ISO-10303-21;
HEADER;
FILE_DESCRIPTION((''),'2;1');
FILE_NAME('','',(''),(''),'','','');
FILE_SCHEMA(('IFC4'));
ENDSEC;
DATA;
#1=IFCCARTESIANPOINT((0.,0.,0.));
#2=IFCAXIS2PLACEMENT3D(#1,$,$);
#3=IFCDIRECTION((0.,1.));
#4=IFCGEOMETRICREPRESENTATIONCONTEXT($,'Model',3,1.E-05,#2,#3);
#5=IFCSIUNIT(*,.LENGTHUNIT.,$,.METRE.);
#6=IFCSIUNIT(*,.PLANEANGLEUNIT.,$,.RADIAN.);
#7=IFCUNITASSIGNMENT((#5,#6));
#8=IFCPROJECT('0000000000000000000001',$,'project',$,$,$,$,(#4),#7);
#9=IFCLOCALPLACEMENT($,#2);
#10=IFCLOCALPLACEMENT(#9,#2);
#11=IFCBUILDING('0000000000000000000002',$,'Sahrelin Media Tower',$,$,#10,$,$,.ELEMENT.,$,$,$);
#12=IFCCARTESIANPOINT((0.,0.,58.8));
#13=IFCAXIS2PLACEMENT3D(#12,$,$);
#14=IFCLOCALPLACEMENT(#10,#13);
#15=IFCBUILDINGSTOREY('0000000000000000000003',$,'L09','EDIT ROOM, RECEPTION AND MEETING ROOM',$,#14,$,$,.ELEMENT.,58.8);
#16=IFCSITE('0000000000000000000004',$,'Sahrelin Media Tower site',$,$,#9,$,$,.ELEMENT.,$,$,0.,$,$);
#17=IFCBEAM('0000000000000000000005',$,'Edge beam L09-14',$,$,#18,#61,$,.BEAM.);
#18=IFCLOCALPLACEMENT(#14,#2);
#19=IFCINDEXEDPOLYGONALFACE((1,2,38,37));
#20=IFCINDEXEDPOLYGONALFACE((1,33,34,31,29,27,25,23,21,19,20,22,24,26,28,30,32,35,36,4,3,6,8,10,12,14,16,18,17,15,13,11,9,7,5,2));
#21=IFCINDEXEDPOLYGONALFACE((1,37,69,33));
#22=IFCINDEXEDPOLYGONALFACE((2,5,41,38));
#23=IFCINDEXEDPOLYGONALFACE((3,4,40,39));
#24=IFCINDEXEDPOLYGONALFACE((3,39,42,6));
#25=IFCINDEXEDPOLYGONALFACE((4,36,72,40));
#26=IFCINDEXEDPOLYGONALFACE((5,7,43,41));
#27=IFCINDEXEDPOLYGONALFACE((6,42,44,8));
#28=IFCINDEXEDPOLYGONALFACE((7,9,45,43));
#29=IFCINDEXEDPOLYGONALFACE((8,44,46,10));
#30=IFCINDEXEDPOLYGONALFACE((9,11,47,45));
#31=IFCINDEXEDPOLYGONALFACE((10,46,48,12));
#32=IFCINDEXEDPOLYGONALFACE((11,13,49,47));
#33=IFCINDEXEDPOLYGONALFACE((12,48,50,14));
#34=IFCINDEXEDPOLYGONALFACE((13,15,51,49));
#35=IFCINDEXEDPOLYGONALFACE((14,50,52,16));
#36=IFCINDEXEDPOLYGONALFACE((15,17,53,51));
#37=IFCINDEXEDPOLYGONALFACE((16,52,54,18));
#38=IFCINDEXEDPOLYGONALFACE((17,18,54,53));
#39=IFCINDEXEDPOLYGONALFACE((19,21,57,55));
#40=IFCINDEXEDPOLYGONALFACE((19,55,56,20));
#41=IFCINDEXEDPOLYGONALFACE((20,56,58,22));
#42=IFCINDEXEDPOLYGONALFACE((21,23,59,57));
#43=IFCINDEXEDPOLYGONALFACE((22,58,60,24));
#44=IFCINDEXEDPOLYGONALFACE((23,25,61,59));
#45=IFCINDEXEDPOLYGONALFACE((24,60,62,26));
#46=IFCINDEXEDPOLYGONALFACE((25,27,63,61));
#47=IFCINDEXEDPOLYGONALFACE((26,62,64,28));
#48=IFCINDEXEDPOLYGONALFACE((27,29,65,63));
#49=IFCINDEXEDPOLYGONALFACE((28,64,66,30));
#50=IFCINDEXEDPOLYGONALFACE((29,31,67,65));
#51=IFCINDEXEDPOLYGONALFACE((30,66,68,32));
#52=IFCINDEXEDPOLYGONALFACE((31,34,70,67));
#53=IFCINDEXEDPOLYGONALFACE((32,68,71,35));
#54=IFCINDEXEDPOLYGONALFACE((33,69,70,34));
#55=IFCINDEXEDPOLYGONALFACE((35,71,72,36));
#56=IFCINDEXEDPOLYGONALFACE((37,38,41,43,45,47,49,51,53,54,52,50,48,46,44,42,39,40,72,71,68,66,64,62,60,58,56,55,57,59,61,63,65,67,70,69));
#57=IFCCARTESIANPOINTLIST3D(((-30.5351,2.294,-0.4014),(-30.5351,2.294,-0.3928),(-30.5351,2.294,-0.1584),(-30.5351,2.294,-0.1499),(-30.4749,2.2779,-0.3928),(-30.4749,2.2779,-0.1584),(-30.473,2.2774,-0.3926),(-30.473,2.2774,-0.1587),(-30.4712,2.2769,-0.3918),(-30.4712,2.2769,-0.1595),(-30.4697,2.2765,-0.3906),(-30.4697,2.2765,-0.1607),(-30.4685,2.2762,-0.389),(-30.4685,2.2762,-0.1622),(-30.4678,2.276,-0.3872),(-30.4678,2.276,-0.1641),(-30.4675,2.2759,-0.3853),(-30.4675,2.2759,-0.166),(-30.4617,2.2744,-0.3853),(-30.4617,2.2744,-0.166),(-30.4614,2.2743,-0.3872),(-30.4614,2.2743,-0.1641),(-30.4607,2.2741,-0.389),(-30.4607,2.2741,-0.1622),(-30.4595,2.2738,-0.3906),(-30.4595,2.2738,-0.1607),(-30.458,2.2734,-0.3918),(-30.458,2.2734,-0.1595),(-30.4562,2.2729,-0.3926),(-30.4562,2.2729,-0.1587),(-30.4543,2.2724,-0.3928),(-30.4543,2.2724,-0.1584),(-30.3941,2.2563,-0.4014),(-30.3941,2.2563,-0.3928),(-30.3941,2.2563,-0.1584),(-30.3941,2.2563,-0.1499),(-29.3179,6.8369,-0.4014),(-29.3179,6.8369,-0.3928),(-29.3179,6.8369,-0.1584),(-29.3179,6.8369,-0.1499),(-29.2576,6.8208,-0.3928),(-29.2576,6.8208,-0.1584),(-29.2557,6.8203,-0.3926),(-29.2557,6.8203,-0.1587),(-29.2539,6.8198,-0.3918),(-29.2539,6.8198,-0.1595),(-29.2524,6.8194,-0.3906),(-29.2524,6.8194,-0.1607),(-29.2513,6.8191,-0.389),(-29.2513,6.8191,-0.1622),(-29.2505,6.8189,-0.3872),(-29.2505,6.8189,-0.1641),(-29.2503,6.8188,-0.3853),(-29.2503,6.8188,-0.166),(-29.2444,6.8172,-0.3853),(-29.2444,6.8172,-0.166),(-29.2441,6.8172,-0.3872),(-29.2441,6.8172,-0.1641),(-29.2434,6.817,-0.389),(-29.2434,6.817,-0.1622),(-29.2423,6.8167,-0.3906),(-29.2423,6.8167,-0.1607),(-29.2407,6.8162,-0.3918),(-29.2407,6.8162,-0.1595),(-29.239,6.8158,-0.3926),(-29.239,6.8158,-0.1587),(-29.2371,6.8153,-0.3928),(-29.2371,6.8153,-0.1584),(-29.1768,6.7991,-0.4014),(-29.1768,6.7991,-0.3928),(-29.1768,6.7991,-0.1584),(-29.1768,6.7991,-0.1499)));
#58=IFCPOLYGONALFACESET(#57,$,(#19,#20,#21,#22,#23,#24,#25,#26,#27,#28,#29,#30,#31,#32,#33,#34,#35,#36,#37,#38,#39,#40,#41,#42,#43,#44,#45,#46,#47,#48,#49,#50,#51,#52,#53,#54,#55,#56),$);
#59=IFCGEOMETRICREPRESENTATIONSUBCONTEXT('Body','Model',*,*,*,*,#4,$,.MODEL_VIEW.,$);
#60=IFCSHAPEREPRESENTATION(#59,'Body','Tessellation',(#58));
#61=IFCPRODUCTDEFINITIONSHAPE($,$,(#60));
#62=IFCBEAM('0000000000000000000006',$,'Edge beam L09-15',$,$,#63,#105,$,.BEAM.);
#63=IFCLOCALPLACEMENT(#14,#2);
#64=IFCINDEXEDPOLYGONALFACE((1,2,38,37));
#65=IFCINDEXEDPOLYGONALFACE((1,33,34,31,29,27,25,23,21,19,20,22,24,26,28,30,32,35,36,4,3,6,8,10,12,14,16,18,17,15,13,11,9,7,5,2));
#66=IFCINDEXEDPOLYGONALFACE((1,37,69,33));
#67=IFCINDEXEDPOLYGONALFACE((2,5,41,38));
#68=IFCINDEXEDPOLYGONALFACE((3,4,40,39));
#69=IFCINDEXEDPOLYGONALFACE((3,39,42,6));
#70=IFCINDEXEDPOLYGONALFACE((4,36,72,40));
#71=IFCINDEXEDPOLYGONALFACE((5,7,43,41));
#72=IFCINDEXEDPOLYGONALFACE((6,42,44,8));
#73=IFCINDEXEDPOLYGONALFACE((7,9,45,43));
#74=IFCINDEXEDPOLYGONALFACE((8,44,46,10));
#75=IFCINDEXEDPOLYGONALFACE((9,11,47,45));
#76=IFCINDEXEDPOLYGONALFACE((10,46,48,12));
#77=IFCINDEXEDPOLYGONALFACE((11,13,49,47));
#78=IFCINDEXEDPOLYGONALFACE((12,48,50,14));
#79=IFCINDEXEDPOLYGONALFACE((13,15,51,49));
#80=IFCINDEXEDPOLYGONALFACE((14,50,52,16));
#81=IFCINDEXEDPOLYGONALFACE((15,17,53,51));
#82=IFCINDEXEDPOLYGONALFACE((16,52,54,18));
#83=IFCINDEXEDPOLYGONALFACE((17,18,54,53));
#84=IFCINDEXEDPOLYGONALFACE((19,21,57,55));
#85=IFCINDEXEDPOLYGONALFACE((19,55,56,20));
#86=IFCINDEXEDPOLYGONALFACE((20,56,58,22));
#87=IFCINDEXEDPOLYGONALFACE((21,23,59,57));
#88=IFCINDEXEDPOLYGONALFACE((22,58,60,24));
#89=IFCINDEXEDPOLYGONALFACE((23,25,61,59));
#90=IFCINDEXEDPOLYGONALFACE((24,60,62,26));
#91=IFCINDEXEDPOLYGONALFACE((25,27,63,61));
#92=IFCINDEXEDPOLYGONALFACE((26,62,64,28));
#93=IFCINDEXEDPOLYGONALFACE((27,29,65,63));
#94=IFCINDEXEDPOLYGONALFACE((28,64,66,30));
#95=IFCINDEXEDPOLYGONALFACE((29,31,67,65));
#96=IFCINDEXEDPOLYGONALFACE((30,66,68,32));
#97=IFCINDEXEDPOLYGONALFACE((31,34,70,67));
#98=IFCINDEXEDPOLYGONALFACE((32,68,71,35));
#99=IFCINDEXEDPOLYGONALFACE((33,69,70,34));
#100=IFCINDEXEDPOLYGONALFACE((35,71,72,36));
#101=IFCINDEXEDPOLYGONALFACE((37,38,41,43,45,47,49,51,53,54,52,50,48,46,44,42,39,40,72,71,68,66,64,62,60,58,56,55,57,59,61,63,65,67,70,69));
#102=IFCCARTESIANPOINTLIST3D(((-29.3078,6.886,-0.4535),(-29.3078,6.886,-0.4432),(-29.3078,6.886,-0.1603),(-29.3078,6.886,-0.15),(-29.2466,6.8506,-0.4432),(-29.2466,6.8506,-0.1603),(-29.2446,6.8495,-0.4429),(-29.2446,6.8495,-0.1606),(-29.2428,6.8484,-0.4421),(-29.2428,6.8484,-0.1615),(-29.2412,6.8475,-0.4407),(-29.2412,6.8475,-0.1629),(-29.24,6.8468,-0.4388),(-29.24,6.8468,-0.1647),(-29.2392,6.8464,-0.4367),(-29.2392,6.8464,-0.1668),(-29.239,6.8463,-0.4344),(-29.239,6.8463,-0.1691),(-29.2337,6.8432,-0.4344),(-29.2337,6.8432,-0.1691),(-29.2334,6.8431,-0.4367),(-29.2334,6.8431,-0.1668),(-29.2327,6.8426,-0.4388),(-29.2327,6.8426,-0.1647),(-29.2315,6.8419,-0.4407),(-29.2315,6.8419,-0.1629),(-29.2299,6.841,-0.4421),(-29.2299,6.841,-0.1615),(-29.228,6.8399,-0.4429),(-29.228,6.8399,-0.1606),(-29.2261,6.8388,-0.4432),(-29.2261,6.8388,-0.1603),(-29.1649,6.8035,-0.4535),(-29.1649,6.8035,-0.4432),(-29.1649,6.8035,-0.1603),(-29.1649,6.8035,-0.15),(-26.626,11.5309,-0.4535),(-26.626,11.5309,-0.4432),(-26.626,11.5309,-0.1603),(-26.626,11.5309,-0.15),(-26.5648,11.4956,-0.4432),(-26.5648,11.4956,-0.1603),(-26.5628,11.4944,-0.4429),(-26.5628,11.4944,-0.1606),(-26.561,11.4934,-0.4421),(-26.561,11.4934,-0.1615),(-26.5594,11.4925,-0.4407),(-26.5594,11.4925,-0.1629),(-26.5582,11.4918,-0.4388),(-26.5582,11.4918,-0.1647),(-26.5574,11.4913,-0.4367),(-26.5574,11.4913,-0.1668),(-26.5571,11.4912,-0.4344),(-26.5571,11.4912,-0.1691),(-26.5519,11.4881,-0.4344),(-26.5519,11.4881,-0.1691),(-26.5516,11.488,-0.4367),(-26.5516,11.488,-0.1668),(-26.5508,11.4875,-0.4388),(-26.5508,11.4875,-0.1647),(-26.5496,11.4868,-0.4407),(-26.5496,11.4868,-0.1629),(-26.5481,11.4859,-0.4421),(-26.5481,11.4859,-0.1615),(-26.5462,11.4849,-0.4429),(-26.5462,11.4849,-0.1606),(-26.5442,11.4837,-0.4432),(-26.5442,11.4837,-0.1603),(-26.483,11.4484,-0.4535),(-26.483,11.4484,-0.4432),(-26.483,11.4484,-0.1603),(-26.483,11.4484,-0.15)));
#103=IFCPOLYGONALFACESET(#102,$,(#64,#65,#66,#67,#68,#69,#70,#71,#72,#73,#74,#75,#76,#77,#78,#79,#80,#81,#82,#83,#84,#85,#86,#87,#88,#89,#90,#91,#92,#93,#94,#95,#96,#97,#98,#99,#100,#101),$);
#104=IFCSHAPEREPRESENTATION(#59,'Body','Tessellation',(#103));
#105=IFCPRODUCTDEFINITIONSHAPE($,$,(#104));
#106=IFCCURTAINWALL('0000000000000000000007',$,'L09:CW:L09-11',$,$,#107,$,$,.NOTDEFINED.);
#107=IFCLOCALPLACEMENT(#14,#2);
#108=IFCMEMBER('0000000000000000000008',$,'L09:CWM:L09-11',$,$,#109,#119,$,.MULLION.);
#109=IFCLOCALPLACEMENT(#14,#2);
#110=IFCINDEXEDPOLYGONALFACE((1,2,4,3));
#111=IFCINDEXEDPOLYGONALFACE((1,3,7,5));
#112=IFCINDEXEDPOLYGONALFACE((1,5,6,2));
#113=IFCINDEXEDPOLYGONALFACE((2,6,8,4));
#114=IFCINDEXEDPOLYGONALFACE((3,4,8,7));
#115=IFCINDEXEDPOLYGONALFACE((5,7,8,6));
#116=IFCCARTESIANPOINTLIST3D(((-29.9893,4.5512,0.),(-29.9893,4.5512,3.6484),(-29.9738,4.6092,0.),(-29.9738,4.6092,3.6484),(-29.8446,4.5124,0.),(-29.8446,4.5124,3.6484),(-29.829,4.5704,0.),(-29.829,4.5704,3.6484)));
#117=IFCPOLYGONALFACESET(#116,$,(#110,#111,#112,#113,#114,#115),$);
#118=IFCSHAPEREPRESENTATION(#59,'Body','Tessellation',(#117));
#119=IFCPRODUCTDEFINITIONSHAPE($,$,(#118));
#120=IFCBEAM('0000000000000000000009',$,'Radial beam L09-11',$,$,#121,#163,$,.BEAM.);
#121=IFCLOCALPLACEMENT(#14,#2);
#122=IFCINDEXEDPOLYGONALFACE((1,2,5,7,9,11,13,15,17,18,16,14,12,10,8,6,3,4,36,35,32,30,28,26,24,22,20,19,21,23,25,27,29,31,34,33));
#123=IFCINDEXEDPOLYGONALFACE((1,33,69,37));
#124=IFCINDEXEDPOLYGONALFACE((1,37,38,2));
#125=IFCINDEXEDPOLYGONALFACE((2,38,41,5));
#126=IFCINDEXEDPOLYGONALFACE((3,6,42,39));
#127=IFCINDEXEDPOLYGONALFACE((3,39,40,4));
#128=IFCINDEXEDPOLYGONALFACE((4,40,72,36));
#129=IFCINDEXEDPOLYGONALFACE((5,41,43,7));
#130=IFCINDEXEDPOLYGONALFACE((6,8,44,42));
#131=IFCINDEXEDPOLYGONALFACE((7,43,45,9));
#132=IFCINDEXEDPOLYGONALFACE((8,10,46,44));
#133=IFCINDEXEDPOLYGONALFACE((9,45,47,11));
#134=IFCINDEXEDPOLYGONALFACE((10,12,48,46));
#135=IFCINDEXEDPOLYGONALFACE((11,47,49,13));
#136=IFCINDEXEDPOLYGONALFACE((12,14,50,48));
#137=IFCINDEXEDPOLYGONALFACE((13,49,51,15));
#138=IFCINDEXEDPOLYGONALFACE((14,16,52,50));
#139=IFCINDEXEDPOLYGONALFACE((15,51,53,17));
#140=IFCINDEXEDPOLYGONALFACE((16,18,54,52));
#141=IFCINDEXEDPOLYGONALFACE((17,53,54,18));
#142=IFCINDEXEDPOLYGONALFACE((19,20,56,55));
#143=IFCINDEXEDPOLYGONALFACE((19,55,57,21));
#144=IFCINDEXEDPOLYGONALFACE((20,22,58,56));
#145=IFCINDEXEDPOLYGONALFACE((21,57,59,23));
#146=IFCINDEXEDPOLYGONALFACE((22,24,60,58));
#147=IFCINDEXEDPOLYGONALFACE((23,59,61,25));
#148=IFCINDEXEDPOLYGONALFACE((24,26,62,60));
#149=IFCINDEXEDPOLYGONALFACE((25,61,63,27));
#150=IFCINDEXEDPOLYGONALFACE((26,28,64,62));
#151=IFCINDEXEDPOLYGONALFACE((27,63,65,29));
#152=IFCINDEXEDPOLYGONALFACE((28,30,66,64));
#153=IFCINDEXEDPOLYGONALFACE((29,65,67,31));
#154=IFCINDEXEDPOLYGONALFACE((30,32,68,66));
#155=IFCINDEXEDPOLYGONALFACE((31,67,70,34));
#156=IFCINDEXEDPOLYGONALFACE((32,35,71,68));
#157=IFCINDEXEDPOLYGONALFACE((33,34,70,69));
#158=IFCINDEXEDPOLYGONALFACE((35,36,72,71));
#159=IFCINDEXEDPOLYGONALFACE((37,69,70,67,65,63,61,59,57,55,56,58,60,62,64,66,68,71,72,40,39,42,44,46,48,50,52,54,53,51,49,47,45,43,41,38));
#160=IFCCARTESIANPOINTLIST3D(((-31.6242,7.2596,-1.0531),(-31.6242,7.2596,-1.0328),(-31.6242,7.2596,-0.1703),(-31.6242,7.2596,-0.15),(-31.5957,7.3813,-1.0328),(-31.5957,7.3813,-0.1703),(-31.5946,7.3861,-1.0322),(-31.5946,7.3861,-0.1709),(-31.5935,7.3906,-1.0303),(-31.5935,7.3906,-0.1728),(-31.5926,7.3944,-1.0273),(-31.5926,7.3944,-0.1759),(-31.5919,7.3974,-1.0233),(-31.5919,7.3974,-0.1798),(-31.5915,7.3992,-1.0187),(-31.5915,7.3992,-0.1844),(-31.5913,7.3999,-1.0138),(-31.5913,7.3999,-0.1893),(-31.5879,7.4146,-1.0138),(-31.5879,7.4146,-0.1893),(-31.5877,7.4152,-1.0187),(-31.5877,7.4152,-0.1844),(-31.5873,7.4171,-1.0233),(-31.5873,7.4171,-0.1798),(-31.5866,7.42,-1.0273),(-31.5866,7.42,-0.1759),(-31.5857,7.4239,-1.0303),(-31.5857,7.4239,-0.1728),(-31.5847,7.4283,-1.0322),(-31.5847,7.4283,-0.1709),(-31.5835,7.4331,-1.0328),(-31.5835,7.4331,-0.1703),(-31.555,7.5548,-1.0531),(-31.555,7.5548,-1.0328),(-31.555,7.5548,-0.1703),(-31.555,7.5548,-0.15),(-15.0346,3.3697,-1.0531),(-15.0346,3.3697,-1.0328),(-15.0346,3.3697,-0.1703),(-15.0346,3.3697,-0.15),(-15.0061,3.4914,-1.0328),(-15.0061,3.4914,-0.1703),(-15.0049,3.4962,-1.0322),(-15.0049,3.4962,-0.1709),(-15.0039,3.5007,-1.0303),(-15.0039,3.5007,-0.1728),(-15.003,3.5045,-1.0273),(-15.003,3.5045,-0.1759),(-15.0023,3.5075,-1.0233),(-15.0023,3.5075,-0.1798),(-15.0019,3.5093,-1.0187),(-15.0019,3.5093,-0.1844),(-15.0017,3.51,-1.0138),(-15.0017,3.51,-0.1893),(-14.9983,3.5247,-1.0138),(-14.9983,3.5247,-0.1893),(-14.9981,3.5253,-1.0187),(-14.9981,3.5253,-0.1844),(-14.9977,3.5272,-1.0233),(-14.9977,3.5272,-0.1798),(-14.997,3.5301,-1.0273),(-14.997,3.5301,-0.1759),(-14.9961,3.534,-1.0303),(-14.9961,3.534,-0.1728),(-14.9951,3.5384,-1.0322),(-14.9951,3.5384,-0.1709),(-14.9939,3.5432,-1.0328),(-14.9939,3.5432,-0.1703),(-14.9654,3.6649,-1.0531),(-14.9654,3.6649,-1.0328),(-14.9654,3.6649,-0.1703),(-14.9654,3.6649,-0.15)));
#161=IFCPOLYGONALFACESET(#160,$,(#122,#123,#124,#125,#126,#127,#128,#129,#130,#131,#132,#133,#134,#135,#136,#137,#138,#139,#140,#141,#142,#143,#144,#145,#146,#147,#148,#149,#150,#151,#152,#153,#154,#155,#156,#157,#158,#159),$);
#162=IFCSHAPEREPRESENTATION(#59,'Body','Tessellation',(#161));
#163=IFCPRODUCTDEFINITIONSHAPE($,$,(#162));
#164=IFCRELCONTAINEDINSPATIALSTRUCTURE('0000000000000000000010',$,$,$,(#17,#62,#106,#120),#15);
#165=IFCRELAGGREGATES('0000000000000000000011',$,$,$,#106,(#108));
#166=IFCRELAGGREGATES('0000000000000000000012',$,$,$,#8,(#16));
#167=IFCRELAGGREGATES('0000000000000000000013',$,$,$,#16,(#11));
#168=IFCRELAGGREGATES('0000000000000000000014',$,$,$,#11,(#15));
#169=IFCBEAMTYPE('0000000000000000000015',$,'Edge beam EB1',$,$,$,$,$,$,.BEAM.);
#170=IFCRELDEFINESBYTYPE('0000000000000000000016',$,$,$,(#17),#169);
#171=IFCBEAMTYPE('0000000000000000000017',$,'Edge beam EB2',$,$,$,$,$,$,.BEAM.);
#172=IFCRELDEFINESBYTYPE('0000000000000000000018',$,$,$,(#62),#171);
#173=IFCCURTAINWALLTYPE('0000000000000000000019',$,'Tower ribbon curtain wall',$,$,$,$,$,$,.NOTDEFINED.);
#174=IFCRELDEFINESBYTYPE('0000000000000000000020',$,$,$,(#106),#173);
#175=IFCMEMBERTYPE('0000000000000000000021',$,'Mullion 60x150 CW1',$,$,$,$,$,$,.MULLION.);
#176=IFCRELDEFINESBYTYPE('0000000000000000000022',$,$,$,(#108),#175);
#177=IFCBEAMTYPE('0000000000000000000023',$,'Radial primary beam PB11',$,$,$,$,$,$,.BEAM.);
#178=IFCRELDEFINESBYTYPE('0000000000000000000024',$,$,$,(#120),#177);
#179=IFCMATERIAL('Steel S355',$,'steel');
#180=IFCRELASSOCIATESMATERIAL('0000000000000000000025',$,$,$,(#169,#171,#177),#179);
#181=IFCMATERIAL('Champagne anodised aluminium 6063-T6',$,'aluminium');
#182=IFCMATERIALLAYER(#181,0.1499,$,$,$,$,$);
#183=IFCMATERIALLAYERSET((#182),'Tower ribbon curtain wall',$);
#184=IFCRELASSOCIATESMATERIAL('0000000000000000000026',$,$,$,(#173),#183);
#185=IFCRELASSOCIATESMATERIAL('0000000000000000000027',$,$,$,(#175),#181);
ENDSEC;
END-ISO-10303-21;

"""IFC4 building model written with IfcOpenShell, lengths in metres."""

from ifc_helpers import new_model, si_unit, direction, frame, origin, origin_2d, place, context, subcontext, project, spatial, rectangle, i_section, extrude, material, layer, layer_set, material_profile, profile_set, type_object, element, aggregate, save


model = new_model("IFC4")

# Units and contexts
model_context = context("Model", 3, precision=1e-05, world=origin(), true_north=direction((0.0, 1.0)))
body_context = subcontext(model_context, "Body", "Model", "MODEL_VIEW")
ifc_project = project(units=[si_unit("LENGTHUNIT", "METRE"), si_unit("PLANEANGLEUNIT", "RADIAN")], contexts=[model_context])

# Site, building, storey
site_placement = place(None, origin())
site = spatial("IfcSite", under=ifc_project, at=site_placement, Name="Sahrelin Media Tower site", CompositionType="ELEMENT", RefElevation=0.0)
building_placement = place(site_placement, origin())
building = spatial("IfcBuilding", under=site, at=building_placement, Name="Sahrelin Media Tower", CompositionType="ELEMENT")
storey_placement = place(building_placement, frame((0.0, 0.0, 58.8)))
storey = spatial("IfcBuildingStorey", under=building, at=storey_placement, Name="L09", Description="EDIT ROOM, RECEPTION AND MEETING ROOM", CompositionType="ELEMENT", Elevation=58.8)

# Beams
ifc_material_1 = material(Name="Steel S355", Category="steel")
ifc_material_profile_1 = material_profile(ifc_material_1, i_section(OverallWidth=0.146, OverallDepth=0.2515, WebThickness=0.0061, FlangeThickness=0.0085, FilletRadius=0.0076, at=origin_2d()), Name="UB 254x146x31")
ifc_profile_set_1 = profile_set([ifc_material_profile_1], Name="Steel S355")
beam_type_1 = type_object("IfcBeamType", Name="Edge beam EB1", PredefinedType="BEAM", material=ifc_profile_set_1)
beam_1_placement = place(storey_placement, frame((-30.4646, 2.2751, -0.2756), z_axis=(0.258819, 0.965926, 0.0), x_axis=(-0.965926, 0.258819, 0.0)))
element("IfcBeam", 1, at=beam_1_placement, inside=storey, type_object=beam_type_1, Name="Edge beam L09-14", PredefinedType="BEAM", context=body_context, shape_type="SweptSolid", body=[
    extrude(i_section(OverallWidth=0.146, OverallDepth=0.2515, WebThickness=0.0061, FlangeThickness=0.0085, FilletRadius=0.0076, at=origin_2d()), origin(), (0.0, 0.0, 1.0), 4.7031),
])
ifc_material_profile_2 = material_profile(ifc_material_1, i_section(OverallWidth=0.165, OverallDepth=0.3035, WebThickness=0.0061, FlangeThickness=0.0103, FilletRadius=0.0088, at=origin_2d()), Name="UB 305x165x40")
ifc_profile_set_2 = profile_set([ifc_material_profile_2], Name="Steel S355")
beam_type_2 = type_object("IfcBeamType", Name="Edge beam EB2", PredefinedType="BEAM", material=ifc_profile_set_2)
beam_2_placement = place(storey_placement, frame((-29.2363, 6.8447, -0.3018), z_axis=(0.500011, 0.866019, 0.0), x_axis=(-0.866019, 0.500011, 0.0)))
element("IfcBeam", 2, at=beam_2_placement, inside=storey, type_object=beam_type_2, Name="Edge beam L09-15", PredefinedType="BEAM", context=body_context, shape_type="SweptSolid", body=[
    extrude(i_section(OverallWidth=0.165, OverallDepth=0.3035, WebThickness=0.0061, FlangeThickness=0.0103, FilletRadius=0.0088, at=origin_2d()), origin(), (0.0, 0.0, 1.0), 5.3635),
])

# Curtain wall, member
ifc_material_2 = material(Name="Champagne anodised aluminium 6063-T6", Category="aluminium")
ifc_layer_1 = layer(ifc_material_2, 0.1499)
ifc_layer_set_1 = layer_set([ifc_layer_1], Name="Tower ribbon curtain wall")
curtain_wall_type = type_object("IfcCurtainWallType", Name="Tower ribbon curtain wall", PredefinedType="NOTDEFINED", material=ifc_layer_set_1)
curtain_wall_1_placement = place(storey_placement, frame((-30.001, 4.5854, 0.0), z_axis=(0.0, 0.0, 1.0), x_axis=(1.0, 0.0, 0.0)))
curtain_wall_1 = element("IfcCurtainWall", 3, at=curtain_wall_1_placement, inside=storey, type_object=curtain_wall_type, Name="L09:CW:L09-11", PredefinedType="NOTDEFINED")
ifc_material_profile_3 = material_profile(ifc_material_2, rectangle(XDim=0.0601, YDim=0.1499, at=origin_2d()), Name="Mullion 60x150")
ifc_profile_set_3 = profile_set([ifc_material_profile_3], Name="Champagne anodised aluminium 6063-T6")
member_type_1 = type_object("IfcMemberType", Name="Mullion 60x150 CW1", PredefinedType="MULLION", material=ifc_profile_set_3)
member_1_placement = place(storey_placement, frame((-29.9092, 4.5608, 0.0), z_axis=(0.0, 0.0, 1.0), x_axis=(-0.258817, -0.965926, 0.0)))
member_1 = element("IfcMember", 4, at=member_1_placement, type_object=member_type_1, Name="L09:CWM:L09-11", PredefinedType="MULLION", context=body_context, shape_type="SweptSolid", body=[
    extrude(rectangle(XDim=0.0601, YDim=0.1499, at=origin_2d()), origin(), (0.0, 0.0, 1.0), 3.6484),
])

# Beam
ifc_material_profile_4 = material_profile(ifc_material_1, i_section(OverallWidth=0.3032, OverallDepth=0.9031, WebThickness=0.0151, FlangeThickness=0.0203, FilletRadius=0.019, at=origin_2d()), Name="UB 914x305x201")
ifc_profile_set_4 = profile_set([ifc_material_profile_4], Name="Steel S355")
beam_type_3 = type_object("IfcBeamType", Name="Radial primary beam PB11", PredefinedType="BEAM", material=ifc_profile_set_4)
beam_3_placement = place(storey_placement, frame((-15.0, 3.5173, -0.6016), z_axis=(-0.973594, 0.228286, 0.0), x_axis=(-0.228286, -0.973594, 0.0)))
element("IfcBeam", 5, at=beam_3_placement, inside=storey, type_object=beam_type_3, Name="Radial beam L09-11", PredefinedType="BEAM", context=body_context, shape_type="SweptSolid", body=[
    extrude(i_section(OverallWidth=0.3032, OverallDepth=0.9031, WebThickness=0.0151, FlangeThickness=0.0203, FilletRadius=0.019, at=origin_2d()), origin(), (0.0, 0.0, 1.0), 17.0396),
])

aggregate(curtain_wall_1, [member_1])

save(model, "model.ifc")
